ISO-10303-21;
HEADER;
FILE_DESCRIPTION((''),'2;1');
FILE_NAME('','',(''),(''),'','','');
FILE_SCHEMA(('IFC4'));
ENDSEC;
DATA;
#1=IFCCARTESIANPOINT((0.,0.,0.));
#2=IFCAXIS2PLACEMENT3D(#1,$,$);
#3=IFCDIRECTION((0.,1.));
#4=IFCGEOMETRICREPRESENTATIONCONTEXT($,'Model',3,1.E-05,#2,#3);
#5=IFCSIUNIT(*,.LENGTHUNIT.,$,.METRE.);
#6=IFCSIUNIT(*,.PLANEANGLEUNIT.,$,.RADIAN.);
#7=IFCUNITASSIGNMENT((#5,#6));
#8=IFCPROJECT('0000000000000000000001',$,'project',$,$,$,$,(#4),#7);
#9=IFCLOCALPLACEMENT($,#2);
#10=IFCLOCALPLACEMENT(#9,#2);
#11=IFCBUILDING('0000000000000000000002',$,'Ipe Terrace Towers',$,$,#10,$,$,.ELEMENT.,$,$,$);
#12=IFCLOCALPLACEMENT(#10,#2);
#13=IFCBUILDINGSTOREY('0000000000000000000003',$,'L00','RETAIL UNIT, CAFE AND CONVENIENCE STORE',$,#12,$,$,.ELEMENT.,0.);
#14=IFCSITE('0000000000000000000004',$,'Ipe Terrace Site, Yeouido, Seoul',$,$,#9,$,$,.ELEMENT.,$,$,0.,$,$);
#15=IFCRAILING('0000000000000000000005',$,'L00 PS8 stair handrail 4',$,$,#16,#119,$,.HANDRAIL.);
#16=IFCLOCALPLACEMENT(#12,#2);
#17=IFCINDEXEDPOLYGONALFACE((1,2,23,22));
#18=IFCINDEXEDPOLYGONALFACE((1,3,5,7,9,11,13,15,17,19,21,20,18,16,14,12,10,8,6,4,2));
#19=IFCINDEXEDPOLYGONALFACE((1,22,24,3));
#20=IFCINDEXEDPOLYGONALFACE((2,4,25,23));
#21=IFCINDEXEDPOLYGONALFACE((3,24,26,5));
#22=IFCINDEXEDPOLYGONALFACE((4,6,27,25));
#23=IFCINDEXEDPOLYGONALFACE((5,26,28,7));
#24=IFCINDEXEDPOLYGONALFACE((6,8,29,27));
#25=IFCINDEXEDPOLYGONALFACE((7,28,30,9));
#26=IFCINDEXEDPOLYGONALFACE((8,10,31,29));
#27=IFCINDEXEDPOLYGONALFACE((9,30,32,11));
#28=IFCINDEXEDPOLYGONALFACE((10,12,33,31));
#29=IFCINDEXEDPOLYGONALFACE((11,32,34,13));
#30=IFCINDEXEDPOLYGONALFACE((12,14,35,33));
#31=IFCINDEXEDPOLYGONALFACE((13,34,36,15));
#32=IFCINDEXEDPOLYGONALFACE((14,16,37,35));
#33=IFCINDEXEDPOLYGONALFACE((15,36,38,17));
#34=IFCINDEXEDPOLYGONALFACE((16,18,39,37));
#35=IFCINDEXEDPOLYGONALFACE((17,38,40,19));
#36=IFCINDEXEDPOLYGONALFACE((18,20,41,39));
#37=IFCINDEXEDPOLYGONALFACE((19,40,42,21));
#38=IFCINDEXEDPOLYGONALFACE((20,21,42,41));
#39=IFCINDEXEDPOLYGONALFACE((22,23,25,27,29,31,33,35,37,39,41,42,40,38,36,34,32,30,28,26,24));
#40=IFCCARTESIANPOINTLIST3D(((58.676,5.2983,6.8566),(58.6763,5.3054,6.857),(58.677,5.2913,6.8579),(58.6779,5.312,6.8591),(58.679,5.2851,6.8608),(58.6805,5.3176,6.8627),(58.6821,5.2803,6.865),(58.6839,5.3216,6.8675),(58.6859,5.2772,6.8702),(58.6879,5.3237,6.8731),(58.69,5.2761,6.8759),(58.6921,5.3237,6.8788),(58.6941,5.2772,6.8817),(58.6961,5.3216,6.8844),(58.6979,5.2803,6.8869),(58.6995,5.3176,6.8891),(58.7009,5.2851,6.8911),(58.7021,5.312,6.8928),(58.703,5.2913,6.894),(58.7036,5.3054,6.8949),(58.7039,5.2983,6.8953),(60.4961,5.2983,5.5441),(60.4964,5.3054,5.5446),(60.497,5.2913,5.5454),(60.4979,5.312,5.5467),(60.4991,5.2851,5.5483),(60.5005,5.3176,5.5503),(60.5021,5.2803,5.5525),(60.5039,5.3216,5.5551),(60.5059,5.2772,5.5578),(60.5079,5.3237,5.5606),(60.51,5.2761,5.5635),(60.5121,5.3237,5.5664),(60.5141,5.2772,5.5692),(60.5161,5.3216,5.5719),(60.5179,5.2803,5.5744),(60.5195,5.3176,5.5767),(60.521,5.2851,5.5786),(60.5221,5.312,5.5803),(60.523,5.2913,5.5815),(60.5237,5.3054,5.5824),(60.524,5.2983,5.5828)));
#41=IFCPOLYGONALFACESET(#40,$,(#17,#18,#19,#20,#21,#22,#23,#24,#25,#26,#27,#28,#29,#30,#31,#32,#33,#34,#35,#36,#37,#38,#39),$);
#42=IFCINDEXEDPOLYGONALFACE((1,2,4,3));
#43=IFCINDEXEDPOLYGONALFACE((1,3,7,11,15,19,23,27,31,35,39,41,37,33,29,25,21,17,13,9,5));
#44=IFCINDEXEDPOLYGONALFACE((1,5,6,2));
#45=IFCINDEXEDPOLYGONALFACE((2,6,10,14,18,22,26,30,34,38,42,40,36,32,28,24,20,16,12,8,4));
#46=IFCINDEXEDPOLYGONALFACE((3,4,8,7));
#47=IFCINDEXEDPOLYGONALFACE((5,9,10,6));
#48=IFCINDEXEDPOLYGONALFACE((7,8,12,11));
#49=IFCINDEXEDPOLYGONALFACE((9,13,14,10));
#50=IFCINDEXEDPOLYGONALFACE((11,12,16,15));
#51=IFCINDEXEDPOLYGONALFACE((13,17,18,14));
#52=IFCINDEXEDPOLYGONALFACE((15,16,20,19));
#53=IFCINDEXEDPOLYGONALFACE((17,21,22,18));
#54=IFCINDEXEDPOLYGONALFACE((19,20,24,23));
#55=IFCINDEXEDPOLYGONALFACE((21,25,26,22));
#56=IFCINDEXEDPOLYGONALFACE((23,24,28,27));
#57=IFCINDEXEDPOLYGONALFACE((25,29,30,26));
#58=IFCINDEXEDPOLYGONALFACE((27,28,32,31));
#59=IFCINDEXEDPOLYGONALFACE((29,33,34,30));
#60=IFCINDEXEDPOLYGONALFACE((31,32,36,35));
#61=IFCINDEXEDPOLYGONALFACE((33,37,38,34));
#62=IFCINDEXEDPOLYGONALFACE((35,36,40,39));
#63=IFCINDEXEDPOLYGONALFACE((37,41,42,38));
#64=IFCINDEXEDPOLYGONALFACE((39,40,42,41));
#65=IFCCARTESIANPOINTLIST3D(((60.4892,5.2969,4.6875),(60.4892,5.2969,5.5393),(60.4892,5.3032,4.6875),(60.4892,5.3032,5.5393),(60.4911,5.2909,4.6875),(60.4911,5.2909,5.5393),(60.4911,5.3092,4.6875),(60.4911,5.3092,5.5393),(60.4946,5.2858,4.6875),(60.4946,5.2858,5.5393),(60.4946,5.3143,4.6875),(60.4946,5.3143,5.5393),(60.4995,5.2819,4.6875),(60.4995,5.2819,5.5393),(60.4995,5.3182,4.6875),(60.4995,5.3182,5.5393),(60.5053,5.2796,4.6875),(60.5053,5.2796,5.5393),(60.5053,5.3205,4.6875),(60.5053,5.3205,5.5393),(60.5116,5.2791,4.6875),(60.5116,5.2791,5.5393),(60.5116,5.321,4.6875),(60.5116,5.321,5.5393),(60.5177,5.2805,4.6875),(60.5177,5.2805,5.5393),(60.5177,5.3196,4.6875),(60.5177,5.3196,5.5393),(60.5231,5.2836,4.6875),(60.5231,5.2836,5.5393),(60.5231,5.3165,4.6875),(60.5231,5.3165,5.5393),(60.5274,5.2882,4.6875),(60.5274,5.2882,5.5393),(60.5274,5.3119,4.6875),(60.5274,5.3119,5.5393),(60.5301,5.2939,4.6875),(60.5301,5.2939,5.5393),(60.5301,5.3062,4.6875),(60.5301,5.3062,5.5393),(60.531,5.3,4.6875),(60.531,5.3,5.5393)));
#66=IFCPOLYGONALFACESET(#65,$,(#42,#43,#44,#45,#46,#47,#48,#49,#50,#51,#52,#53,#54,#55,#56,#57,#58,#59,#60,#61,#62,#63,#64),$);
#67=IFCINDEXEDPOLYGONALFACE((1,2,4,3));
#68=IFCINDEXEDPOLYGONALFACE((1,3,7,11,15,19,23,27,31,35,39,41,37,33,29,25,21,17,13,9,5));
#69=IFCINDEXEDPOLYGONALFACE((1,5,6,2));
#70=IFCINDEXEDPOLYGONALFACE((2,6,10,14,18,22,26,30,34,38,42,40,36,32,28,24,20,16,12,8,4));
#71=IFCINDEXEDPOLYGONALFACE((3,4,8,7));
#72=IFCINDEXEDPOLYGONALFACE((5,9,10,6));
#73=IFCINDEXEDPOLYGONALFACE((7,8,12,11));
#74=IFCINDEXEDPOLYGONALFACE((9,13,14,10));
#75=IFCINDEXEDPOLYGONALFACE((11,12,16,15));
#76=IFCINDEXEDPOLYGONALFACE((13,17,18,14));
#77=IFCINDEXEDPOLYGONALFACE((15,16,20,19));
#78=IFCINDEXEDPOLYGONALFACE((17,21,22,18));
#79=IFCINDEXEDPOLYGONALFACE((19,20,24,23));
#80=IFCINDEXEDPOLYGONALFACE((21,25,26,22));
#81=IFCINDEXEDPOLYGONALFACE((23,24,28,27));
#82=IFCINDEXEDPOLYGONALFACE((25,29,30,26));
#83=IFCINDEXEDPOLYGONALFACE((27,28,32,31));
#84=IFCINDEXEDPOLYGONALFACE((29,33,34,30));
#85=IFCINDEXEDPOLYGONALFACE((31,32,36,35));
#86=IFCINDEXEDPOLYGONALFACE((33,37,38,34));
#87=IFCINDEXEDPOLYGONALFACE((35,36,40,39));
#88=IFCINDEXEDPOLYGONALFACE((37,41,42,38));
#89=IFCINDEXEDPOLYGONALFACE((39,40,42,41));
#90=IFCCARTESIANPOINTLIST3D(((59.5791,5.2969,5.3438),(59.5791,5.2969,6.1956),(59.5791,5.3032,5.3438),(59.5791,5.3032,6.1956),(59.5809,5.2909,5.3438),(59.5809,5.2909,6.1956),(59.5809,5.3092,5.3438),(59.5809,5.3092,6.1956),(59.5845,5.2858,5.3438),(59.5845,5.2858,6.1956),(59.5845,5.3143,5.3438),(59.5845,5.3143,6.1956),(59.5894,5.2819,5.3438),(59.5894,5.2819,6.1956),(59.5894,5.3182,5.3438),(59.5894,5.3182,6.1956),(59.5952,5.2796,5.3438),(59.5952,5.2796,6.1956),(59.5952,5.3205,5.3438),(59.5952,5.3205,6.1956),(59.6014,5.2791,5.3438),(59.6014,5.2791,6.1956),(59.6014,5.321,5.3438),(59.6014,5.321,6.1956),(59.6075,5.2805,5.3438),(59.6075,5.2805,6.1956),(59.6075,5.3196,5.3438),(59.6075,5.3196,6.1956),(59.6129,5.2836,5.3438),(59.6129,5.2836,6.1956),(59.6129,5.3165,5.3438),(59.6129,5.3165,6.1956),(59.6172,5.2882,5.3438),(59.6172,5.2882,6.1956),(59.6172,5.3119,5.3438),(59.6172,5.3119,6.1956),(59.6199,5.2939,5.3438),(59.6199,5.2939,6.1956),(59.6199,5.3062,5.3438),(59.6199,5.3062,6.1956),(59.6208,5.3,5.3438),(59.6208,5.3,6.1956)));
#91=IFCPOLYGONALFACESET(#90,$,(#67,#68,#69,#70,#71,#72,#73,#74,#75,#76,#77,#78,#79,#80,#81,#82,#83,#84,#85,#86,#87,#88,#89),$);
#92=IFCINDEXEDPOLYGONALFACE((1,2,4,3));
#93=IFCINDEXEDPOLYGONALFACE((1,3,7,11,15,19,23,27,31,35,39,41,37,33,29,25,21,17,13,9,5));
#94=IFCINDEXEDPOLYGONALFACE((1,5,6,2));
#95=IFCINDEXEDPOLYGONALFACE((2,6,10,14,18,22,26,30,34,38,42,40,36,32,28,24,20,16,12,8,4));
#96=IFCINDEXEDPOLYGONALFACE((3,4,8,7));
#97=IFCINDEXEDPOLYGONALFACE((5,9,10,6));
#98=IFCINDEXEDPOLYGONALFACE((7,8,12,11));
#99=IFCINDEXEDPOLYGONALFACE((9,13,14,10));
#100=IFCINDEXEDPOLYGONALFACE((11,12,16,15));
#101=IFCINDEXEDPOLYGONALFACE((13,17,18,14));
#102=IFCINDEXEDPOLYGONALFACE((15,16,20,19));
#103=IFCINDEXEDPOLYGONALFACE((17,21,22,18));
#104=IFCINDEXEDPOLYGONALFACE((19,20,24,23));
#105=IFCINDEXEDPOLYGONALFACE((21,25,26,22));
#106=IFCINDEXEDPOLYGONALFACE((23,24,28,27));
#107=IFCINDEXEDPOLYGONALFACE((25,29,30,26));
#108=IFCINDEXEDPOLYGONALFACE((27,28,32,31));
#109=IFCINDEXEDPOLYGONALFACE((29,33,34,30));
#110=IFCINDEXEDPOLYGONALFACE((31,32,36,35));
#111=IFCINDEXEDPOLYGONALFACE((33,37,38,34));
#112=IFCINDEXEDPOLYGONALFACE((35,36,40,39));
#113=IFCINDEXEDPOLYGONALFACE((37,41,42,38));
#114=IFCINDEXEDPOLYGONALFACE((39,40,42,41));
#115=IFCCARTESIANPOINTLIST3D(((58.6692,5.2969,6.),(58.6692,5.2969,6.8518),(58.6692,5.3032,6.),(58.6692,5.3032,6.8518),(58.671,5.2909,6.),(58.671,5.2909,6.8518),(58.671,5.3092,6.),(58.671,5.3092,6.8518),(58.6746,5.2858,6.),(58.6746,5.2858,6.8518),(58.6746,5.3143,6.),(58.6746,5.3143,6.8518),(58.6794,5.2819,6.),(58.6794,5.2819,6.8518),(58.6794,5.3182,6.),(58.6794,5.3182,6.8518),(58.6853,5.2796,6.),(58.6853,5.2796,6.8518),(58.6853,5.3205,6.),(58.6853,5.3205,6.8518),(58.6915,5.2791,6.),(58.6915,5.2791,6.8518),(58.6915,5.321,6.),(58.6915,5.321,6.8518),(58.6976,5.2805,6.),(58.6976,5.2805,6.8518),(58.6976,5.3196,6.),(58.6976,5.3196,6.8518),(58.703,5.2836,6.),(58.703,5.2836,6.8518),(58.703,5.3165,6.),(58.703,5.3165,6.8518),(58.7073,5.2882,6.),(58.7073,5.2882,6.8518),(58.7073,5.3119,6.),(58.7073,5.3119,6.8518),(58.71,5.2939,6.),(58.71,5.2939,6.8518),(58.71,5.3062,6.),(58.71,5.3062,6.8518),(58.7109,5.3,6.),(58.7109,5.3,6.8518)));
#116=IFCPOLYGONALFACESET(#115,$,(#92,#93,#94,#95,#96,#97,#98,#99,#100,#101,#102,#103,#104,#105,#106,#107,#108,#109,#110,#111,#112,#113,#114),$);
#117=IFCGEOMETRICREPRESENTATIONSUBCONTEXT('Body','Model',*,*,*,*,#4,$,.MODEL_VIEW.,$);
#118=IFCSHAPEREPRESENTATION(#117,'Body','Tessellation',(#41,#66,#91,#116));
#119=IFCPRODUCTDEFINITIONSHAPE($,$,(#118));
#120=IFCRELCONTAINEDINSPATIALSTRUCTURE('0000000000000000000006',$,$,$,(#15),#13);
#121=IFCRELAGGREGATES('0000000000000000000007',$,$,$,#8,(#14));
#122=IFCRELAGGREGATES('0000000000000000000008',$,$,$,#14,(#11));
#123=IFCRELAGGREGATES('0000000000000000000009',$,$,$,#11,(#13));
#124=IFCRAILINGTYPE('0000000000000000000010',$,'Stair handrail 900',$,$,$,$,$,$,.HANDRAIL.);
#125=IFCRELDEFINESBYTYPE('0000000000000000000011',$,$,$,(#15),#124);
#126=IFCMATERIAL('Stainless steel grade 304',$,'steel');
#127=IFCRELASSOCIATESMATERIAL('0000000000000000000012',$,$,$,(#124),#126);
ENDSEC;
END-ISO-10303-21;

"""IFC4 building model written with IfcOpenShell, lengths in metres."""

from ifc_helpers import new_model, si_unit, direction, frame, origin, origin_2d, place, context, subcontext, project, spatial, circle, extrude, material, type_object, element, save


model = new_model("IFC4")

# Units and contexts
model_context = context("Model", 3, precision=1e-05, world=origin(), true_north=direction((0.0, 1.0)))
body_context = subcontext(model_context, "Body", "Model", "MODEL_VIEW")
ifc_project = project(units=[si_unit("LENGTHUNIT", "METRE"), si_unit("PLANEANGLEUNIT", "RADIAN")], contexts=[model_context])

# Site, building, storey
site_placement = place(None, origin())
site = spatial("IfcSite", under=ifc_project, at=site_placement, Name="Ipe Terrace Site, Yeouido, Seoul", CompositionType="ELEMENT", RefElevation=0.0)
building_placement = place(site_placement, origin())
building = spatial("IfcBuilding", under=site, at=building_placement, Name="Ipe Terrace Towers", CompositionType="ELEMENT")
storey_placement = place(building_placement, origin())
storey = spatial("IfcBuildingStorey", under=building, at=storey_placement, Name="L00", Description="RETAIL UNIT, CAFE AND CONVENIENCE STORE", CompositionType="ELEMENT", Elevation=0.0)

# Railing
ifc_material_1 = material(Name="Stainless steel grade 304", Category="steel")
railing_type_1 = type_object("IfcRailingType", Name="Stair handrail 900", PredefinedType="HANDRAIL", material=ifc_material_1)
railing_1_placement = place(storey_placement, frame((60.51, 5.3, 4.6875)))
element("IfcRailing", 1, at=railing_1_placement, inside=storey, type_object=railing_type_1, Name="L00 PS8 stair handrail 4", PredefinedType="HANDRAIL", context=body_context, shape_type="SweptSolid", body=[
    extrude(circle(Radius=0.0239, at=origin_2d()), frame((0.0, 0.0, 0.876), z_axis=(-0.811101, 0.0, 0.584906), x_axis=(0.0, -1.0, 0.0)), (0.0, 0.0, 1.0), 2.2439),
    extrude(circle(Radius=0.021, at=origin_2d()), origin(), (0.0, 0.0, 1.0), 0.8518),
    extrude(circle(Radius=0.021, at=origin_2d()), frame((-0.9102, 0.0, 0.6562)), (0.0, 0.0, 1.0), 0.8518),
    extrude(circle(Radius=0.021, at=origin_2d()), frame((-1.8201, 0.0, 1.3125)), (0.0, 0.0, 1.0), 0.8518),
])

save(model, "model.ifc")
